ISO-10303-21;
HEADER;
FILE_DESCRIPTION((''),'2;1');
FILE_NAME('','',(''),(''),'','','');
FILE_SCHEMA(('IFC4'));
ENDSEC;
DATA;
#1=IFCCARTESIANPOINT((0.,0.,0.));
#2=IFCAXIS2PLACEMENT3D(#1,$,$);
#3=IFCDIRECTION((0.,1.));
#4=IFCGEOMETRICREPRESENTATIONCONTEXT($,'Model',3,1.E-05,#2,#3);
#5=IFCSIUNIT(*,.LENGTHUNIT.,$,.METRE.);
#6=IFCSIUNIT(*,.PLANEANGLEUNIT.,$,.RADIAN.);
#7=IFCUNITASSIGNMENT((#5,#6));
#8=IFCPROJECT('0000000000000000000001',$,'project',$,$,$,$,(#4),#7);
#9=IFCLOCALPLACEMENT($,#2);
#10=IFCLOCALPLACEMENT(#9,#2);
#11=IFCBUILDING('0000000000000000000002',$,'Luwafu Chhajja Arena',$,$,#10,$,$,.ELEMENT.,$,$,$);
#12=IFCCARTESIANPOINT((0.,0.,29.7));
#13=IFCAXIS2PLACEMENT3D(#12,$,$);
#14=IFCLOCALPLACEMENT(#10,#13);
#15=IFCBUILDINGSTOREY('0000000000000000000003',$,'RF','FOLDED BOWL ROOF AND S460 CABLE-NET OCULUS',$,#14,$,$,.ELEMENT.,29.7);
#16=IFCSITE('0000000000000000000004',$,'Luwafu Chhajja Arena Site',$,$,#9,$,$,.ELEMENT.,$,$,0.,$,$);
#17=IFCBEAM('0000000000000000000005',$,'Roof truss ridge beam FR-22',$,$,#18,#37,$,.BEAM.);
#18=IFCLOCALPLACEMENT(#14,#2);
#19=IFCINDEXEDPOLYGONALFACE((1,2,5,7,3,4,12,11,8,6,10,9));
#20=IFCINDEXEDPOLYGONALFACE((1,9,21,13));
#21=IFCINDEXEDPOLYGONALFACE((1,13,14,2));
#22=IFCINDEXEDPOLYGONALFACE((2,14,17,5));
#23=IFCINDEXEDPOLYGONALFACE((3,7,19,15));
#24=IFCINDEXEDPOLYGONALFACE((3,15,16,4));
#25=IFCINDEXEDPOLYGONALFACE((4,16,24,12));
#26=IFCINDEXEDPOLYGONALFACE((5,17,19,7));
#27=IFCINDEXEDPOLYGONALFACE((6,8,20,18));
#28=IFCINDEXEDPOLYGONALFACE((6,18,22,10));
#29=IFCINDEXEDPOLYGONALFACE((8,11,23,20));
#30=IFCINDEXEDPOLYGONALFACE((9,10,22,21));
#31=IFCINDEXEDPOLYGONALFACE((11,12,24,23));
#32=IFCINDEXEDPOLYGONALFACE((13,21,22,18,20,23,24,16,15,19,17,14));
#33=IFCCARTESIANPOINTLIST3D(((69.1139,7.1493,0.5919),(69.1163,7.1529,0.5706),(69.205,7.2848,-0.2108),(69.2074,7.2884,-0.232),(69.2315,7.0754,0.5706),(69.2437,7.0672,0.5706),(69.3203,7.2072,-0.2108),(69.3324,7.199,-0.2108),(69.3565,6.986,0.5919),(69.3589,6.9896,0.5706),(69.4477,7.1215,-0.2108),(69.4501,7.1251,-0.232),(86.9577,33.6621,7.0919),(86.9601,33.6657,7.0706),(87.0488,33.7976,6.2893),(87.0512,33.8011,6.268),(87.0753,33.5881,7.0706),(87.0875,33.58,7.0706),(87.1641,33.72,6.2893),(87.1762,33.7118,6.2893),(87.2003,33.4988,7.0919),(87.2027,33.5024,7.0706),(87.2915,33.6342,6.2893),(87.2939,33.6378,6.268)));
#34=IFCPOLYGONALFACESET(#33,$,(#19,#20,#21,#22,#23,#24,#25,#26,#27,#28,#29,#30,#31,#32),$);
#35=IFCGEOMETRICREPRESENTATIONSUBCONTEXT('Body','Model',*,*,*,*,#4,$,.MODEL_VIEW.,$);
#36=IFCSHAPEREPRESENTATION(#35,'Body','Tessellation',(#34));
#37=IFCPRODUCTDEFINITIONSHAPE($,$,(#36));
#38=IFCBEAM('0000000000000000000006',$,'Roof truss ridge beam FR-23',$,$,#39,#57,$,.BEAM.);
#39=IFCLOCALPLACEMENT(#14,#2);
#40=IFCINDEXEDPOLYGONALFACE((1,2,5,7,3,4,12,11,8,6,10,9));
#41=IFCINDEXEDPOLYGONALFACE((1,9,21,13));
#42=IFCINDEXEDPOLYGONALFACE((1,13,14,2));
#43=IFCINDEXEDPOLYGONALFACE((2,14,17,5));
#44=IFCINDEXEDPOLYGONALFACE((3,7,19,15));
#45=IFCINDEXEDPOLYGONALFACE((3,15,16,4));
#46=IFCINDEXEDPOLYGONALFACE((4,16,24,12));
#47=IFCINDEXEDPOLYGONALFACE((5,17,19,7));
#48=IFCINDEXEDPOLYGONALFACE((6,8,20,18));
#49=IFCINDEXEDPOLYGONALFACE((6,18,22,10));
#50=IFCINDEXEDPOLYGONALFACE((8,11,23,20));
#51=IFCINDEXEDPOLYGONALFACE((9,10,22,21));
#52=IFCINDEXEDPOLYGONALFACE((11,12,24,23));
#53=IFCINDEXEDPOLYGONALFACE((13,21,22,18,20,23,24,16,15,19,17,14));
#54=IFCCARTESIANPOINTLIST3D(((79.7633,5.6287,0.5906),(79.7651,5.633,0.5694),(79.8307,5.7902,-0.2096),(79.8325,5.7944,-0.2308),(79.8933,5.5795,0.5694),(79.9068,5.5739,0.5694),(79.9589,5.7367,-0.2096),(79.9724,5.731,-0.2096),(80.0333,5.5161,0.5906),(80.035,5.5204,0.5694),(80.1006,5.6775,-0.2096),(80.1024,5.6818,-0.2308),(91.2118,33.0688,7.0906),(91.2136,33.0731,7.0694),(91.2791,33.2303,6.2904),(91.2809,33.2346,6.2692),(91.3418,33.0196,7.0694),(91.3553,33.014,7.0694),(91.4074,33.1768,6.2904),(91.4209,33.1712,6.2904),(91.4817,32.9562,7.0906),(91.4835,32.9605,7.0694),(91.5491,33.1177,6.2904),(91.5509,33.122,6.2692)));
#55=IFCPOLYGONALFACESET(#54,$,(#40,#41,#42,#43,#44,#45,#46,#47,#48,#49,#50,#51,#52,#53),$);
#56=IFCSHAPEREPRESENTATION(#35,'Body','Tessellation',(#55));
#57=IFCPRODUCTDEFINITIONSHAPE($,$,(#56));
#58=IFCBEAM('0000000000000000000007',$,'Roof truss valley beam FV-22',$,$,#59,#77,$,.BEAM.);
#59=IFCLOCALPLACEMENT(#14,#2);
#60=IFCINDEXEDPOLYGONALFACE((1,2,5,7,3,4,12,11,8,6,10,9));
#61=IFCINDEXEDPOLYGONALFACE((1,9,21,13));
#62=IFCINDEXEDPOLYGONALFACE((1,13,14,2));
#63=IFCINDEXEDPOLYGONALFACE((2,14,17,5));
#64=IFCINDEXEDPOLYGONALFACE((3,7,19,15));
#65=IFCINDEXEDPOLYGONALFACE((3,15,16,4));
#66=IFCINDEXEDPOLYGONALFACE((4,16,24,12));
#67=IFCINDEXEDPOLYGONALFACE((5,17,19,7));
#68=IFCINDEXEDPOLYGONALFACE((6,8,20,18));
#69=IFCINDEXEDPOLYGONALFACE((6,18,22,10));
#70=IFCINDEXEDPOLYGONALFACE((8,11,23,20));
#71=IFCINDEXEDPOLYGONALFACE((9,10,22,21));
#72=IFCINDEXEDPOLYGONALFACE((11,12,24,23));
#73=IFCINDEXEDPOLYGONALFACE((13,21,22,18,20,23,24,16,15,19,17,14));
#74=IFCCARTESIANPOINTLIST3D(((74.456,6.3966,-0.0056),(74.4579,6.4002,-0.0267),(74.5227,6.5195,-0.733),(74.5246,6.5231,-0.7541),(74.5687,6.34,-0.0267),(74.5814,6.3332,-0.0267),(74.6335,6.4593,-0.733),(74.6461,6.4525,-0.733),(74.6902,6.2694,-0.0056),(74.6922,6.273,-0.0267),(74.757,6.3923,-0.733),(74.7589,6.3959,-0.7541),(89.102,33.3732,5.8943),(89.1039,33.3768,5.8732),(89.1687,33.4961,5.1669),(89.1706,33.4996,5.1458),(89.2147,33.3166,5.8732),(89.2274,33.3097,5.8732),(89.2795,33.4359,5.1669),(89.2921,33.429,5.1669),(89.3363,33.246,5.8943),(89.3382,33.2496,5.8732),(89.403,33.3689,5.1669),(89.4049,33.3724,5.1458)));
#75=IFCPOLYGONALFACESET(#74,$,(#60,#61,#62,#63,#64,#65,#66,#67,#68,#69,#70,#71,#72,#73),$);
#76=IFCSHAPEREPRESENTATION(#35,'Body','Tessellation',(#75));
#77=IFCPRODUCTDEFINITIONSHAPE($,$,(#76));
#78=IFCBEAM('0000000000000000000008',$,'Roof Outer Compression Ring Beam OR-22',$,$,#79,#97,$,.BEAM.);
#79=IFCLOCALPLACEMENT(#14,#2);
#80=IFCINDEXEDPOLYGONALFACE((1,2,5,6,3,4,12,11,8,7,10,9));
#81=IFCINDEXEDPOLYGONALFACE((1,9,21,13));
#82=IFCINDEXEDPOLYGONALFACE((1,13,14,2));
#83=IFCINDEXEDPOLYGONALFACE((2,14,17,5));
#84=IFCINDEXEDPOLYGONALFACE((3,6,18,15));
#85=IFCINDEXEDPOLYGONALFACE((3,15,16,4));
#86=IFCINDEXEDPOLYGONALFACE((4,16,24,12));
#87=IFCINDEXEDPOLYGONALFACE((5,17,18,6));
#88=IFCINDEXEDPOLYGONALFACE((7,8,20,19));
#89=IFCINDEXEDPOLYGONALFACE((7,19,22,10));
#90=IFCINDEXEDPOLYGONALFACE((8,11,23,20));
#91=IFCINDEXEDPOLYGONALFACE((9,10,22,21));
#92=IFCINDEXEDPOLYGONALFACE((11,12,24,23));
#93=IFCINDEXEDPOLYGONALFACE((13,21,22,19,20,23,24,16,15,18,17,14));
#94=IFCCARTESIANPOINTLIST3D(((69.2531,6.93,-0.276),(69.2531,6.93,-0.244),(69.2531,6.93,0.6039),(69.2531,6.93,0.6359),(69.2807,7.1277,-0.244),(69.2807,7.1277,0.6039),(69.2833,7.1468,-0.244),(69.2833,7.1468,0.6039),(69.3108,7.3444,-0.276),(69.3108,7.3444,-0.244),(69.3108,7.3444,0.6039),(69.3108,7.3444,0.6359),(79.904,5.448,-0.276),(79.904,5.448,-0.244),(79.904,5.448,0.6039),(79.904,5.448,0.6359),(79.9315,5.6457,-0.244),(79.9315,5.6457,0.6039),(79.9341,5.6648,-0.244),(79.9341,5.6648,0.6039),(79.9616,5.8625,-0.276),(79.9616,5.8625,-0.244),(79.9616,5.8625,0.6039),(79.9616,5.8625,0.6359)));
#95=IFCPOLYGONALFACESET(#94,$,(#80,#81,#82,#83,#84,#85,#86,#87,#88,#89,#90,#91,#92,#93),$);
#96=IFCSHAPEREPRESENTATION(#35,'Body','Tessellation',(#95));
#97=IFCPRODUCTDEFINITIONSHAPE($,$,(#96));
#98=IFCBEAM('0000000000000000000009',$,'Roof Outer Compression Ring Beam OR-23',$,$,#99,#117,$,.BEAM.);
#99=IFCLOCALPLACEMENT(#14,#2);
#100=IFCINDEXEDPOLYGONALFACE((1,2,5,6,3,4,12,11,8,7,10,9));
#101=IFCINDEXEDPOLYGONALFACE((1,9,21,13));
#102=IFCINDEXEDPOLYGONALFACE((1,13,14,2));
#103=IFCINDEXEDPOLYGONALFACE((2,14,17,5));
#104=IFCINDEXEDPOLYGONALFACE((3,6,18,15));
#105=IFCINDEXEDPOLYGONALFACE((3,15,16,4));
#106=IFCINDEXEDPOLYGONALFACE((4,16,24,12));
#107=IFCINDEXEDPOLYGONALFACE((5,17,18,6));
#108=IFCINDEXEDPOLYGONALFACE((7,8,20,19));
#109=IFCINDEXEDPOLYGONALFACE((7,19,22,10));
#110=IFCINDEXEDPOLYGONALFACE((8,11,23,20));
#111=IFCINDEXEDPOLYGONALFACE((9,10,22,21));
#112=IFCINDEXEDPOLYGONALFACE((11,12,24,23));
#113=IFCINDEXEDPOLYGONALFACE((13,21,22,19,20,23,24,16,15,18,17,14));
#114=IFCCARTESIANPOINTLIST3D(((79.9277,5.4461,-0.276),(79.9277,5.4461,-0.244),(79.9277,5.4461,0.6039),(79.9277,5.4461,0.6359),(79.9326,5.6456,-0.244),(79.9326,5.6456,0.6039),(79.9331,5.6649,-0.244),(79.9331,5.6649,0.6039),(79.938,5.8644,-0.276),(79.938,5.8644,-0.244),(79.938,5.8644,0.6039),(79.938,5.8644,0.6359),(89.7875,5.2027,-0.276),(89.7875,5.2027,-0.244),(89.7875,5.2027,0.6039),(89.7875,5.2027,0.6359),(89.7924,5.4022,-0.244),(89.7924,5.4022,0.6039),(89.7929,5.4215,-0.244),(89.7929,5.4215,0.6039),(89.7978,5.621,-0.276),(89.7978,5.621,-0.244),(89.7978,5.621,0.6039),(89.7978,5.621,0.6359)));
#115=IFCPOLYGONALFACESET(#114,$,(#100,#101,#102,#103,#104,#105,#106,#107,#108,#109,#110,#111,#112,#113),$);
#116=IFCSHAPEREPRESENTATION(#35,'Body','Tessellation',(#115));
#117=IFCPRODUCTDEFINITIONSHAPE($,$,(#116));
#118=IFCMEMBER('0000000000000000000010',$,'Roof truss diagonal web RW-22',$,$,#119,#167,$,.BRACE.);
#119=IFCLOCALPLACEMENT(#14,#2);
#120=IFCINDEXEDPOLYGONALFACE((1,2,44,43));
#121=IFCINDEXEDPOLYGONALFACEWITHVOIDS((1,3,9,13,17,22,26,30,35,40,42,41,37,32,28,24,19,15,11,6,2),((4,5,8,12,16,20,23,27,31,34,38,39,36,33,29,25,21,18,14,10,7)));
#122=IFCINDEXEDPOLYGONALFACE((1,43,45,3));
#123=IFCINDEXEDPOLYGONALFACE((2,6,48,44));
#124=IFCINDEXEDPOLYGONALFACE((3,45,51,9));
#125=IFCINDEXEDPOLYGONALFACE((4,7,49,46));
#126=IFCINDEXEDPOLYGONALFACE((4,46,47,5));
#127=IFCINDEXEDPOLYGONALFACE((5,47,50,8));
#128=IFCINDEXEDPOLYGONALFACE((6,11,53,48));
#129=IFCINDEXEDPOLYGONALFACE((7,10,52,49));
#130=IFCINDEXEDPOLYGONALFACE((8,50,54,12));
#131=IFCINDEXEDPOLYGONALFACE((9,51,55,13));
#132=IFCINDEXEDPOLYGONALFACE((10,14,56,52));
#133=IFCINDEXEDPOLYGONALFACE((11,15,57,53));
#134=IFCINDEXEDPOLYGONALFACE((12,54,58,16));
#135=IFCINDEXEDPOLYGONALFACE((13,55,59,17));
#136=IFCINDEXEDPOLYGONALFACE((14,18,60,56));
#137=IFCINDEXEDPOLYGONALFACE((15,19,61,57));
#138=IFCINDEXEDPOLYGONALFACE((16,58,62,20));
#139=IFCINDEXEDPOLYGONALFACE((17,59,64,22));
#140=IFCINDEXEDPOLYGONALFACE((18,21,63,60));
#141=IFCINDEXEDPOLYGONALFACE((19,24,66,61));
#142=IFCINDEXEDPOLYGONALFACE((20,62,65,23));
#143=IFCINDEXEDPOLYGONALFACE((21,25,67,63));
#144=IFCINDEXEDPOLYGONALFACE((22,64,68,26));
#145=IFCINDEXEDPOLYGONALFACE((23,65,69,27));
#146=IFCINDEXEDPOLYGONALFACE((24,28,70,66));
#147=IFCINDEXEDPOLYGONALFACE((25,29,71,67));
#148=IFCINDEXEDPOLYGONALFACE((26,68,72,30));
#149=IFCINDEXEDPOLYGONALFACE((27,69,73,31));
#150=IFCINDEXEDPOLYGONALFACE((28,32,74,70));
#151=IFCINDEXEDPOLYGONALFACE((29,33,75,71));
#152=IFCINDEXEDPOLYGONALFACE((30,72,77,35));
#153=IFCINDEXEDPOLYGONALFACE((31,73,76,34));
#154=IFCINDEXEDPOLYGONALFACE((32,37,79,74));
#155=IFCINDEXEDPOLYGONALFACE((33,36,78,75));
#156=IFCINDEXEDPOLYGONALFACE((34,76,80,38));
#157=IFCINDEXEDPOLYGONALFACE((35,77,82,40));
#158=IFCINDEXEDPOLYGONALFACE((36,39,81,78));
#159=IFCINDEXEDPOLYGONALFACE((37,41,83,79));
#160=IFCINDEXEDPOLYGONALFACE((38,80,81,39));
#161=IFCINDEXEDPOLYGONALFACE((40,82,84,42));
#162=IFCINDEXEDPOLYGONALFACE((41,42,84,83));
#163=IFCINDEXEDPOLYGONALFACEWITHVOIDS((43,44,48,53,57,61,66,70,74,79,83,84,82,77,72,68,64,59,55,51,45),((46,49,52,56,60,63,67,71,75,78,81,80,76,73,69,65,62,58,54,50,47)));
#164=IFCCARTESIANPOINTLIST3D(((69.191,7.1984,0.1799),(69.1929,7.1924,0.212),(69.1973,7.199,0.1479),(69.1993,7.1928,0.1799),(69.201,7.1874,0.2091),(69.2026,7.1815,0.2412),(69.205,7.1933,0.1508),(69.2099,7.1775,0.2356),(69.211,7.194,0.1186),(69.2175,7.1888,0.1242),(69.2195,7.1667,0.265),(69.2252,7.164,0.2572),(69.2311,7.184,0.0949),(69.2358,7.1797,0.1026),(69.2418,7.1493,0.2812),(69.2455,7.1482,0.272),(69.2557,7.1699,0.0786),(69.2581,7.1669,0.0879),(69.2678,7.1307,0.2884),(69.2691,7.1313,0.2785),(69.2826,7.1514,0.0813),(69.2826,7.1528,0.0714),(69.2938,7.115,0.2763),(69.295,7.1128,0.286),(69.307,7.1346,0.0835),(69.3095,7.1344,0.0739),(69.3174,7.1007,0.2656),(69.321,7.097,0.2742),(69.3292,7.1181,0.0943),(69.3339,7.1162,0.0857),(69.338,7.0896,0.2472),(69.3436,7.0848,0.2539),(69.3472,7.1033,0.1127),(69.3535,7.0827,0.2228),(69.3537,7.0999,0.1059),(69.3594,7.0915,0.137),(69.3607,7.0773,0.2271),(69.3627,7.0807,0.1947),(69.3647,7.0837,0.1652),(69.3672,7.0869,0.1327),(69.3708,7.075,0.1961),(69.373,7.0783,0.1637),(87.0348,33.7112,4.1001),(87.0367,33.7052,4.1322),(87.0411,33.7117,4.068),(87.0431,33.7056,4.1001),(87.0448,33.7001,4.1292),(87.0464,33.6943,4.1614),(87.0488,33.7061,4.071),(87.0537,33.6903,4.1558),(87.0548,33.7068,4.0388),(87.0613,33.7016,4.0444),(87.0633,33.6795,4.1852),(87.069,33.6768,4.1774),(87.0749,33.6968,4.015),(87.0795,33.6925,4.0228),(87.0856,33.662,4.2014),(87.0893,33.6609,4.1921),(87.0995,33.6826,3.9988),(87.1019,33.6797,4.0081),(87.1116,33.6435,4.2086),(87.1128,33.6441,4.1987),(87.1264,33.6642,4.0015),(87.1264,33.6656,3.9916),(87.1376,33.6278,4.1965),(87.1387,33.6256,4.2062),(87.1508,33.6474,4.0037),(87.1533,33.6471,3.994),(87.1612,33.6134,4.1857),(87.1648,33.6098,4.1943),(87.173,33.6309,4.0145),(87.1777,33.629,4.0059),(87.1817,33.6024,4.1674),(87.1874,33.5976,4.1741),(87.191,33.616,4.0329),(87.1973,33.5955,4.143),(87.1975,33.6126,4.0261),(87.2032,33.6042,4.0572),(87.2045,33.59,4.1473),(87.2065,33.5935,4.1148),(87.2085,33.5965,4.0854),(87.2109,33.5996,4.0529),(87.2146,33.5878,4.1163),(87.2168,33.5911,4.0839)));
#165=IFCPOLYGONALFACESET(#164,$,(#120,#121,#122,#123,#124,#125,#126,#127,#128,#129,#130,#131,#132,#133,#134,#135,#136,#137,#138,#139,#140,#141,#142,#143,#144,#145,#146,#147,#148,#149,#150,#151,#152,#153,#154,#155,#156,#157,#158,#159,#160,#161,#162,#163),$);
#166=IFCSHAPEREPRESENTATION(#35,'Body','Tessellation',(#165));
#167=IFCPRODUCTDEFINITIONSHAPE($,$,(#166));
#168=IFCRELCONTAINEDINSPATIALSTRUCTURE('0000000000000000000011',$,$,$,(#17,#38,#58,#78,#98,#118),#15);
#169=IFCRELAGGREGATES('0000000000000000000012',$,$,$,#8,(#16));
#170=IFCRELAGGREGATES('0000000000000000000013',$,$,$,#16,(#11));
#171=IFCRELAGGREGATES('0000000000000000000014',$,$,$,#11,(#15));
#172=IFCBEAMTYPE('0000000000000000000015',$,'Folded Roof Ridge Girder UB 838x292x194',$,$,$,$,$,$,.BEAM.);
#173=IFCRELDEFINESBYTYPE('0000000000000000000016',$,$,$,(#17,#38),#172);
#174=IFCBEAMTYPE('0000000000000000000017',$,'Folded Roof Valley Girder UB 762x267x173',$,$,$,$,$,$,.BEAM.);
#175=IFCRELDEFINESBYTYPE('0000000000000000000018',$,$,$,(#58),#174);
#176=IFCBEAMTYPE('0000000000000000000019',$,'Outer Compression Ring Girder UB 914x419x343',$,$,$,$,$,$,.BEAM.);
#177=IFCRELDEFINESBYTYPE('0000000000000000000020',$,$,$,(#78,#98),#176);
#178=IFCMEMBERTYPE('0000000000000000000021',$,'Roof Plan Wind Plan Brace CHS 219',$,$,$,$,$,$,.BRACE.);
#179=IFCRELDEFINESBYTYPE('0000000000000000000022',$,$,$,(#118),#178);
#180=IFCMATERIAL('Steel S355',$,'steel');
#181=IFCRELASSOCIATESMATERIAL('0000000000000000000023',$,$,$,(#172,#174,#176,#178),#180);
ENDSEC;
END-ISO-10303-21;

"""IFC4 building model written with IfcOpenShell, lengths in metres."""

from ifc_helpers import new_model, si_unit, direction, frame, origin, origin_2d, place, context, subcontext, project, spatial, hollow_circle, i_section, extrude, material, material_profile, profile_set, type_object, element, save


model = new_model("IFC4")

# Units and contexts
model_context = context("Model", 3, precision=1e-05, world=origin(), true_north=direction((0.0, 1.0)))
body_context = subcontext(model_context, "Body", "Model", "MODEL_VIEW")
ifc_project = project(units=[si_unit("LENGTHUNIT", "METRE"), si_unit("PLANEANGLEUNIT", "RADIAN")], contexts=[model_context])

# Site, building, storey
site_placement = place(None, origin())
site = spatial("IfcSite", under=ifc_project, at=site_placement, Name="Luwafu Chhajja Arena Site", CompositionType="ELEMENT", RefElevation=0.0)
building_placement = place(site_placement, origin())
building = spatial("IfcBuilding", under=site, at=building_placement, Name="Luwafu Chhajja Arena", CompositionType="ELEMENT")
storey_placement = place(building_placement, frame((0.0, 0.0, 29.7)))
storey = spatial("IfcBuildingStorey", under=building, at=storey_placement, Name="RF", Description="FOLDED BOWL ROOF AND S460 CABLE-NET OCULUS", CompositionType="ELEMENT", Elevation=29.7)

# Beams
ifc_material_1 = material(Name="Steel S355", Category="steel")
ifc_material_profile_1 = material_profile(ifc_material_1, i_section(OverallWidth=0.2925, OverallDepth=0.8408, WebThickness=0.0146, FlangeThickness=0.0217, at=origin_2d()), Name="UB 838x292x194")
ifc_profile_set_1 = profile_set([ifc_material_profile_1], Name="Steel S355")
beam_type_1 = type_object("IfcBeamType", Name="Folded Roof Ridge Girder UB 838x292x194", PredefinedType="BEAM", material=ifc_profile_set_1)
beam_1_placement = place(storey_placement, frame((69.282, 7.1372, 0.1799), z_axis=(0.547145, 0.812962, 0.19931), x_axis=(-0.829607, 0.558348, 0.0)))
element("IfcBeam", 1, at=beam_1_placement, inside=storey, type_object=beam_type_1, Name="Roof truss ridge beam FR-22", PredefinedType="BEAM", context=body_context, shape_type="SweptSolid", body=[
    extrude(i_section(OverallWidth=0.2925, OverallDepth=0.8408, WebThickness=0.0146, FlangeThickness=0.0217, at=origin_2d()), origin(), (0.0, 0.0, 1.0), 32.6125),
])
beam_2_placement = place(storey_placement, frame((79.9329, 5.6553, 0.1799), z_axis=(0.376163, 0.901603, 0.213571), x_axis=(-0.922897, 0.385047, 0.0)))
element("IfcBeam", 2, at=beam_2_placement, inside=storey, type_object=beam_type_1, Name="Roof truss ridge beam FR-23", PredefinedType="BEAM", context=body_context, shape_type="SweptSolid", body=[
    extrude(i_section(OverallWidth=0.2925, OverallDepth=0.8408, WebThickness=0.0146, FlangeThickness=0.0217, at=origin_2d()), origin(), (0.0, 0.0, 1.0), 30.4348),
])
ifc_material_profile_2 = material_profile(ifc_material_1, i_section(OverallWidth=0.2666, OverallDepth=0.7622, WebThickness=0.0144, FlangeThickness=0.0215, at=origin_2d()), Name="UB 762x267x173")
ifc_profile_set_2 = profile_set([ifc_material_profile_2], Name="Steel S355")
beam_type_2 = type_object("IfcBeamType", Name="Folded Roof Valley Girder UB 762x267x173", PredefinedType="BEAM", material=ifc_profile_set_2)
beam_3_placement = place(storey_placement, frame((74.6074, 6.3962, -0.3799), z_axis=(0.468555, 0.863035, 0.18875), x_axis=(-0.878832, 0.477132, 0.0)))
element("IfcBeam", 3, at=beam_3_placement, inside=storey, type_object=beam_type_2, Name="Roof truss valley beam FV-22", PredefinedType="BEAM", context=body_context, shape_type="SweptSolid", body=[
    extrude(i_section(OverallWidth=0.2666, OverallDepth=0.7622, WebThickness=0.0144, FlangeThickness=0.0215, at=origin_2d()), origin(), (0.0, 0.0, 1.0), 31.2578),
])
ifc_material_profile_3 = material_profile(ifc_material_1, i_section(OverallWidth=0.4185, OverallDepth=0.9119, WebThickness=0.0193, FlangeThickness=0.032, at=origin_2d()), Name="UB 914x419x343")
ifc_profile_set_3 = profile_set([ifc_material_profile_3], Name="Steel S355")
beam_type_3 = type_object("IfcBeamType", Name="Outer Compression Ring Girder UB 914x419x343", PredefinedType="BEAM", material=ifc_profile_set_3)
beam_4_placement = place(storey_placement, frame((69.282, 7.1372, 0.1799), z_axis=(0.990459, -0.13781, 0.0), x_axis=(0.13781, 0.990459, 0.0)))
element("IfcBeam", 4, at=beam_4_placement, inside=storey, type_object=beam_type_3, Name="Roof Outer Compression Ring Beam OR-22", PredefinedType="BEAM", context=body_context, shape_type="SweptSolid", body=[
    extrude(i_section(OverallWidth=0.4185, OverallDepth=0.9119, WebThickness=0.0193, FlangeThickness=0.032, at=origin_2d()), origin(), (0.0, 0.0, 1.0), 10.7534),
])
beam_5_placement = place(storey_placement, frame((79.9329, 5.6553, 0.1799), z_axis=(0.999695, -0.024679, 0.0), x_axis=(0.024679, 0.999695, 0.0)))
element("IfcBeam", 5, at=beam_5_placement, inside=storey, type_object=beam_type_3, Name="Roof Outer Compression Ring Beam OR-23", PredefinedType="BEAM", context=body_context, shape_type="SweptSolid", body=[
    extrude(i_section(OverallWidth=0.4185, OverallDepth=0.9119, WebThickness=0.0193, FlangeThickness=0.032, at=origin_2d()), origin(), (0.0, 0.0, 1.0), 9.8628),
])

# Member
ifc_material_profile_4 = material_profile(ifc_material_1, hollow_circle(Radius=0.1096, WallThickness=0.01, at=origin_2d()), Name="CHS 219.1x10")
ifc_profile_set_4 = profile_set([ifc_material_profile_4], Name="Steel S355")
member_type = type_object("IfcMemberType", Name="Roof Plan Wind Plan Brace CHS 219", PredefinedType="BRACE", material=ifc_profile_set_4)
member_1_placement = place(storey_placement, frame((69.282, 7.1372, 0.1799), z_axis=(0.554194, 0.823435, 0.121753), x_axis=(-0.829607, 0.558348, 0.0)))
element("IfcMember", 6, at=member_1_placement, inside=storey, type_object=member_type, Name="Roof truss diagonal web RW-22", PredefinedType="BRACE", context=body_context, shape_type="SweptSolid", body=[
    extrude(hollow_circle(Radius=0.1096, WallThickness=0.01, at=origin_2d()), origin(), (0.0, 0.0, 1.0), 32.1978),
])

save(model, "model.ifc")
